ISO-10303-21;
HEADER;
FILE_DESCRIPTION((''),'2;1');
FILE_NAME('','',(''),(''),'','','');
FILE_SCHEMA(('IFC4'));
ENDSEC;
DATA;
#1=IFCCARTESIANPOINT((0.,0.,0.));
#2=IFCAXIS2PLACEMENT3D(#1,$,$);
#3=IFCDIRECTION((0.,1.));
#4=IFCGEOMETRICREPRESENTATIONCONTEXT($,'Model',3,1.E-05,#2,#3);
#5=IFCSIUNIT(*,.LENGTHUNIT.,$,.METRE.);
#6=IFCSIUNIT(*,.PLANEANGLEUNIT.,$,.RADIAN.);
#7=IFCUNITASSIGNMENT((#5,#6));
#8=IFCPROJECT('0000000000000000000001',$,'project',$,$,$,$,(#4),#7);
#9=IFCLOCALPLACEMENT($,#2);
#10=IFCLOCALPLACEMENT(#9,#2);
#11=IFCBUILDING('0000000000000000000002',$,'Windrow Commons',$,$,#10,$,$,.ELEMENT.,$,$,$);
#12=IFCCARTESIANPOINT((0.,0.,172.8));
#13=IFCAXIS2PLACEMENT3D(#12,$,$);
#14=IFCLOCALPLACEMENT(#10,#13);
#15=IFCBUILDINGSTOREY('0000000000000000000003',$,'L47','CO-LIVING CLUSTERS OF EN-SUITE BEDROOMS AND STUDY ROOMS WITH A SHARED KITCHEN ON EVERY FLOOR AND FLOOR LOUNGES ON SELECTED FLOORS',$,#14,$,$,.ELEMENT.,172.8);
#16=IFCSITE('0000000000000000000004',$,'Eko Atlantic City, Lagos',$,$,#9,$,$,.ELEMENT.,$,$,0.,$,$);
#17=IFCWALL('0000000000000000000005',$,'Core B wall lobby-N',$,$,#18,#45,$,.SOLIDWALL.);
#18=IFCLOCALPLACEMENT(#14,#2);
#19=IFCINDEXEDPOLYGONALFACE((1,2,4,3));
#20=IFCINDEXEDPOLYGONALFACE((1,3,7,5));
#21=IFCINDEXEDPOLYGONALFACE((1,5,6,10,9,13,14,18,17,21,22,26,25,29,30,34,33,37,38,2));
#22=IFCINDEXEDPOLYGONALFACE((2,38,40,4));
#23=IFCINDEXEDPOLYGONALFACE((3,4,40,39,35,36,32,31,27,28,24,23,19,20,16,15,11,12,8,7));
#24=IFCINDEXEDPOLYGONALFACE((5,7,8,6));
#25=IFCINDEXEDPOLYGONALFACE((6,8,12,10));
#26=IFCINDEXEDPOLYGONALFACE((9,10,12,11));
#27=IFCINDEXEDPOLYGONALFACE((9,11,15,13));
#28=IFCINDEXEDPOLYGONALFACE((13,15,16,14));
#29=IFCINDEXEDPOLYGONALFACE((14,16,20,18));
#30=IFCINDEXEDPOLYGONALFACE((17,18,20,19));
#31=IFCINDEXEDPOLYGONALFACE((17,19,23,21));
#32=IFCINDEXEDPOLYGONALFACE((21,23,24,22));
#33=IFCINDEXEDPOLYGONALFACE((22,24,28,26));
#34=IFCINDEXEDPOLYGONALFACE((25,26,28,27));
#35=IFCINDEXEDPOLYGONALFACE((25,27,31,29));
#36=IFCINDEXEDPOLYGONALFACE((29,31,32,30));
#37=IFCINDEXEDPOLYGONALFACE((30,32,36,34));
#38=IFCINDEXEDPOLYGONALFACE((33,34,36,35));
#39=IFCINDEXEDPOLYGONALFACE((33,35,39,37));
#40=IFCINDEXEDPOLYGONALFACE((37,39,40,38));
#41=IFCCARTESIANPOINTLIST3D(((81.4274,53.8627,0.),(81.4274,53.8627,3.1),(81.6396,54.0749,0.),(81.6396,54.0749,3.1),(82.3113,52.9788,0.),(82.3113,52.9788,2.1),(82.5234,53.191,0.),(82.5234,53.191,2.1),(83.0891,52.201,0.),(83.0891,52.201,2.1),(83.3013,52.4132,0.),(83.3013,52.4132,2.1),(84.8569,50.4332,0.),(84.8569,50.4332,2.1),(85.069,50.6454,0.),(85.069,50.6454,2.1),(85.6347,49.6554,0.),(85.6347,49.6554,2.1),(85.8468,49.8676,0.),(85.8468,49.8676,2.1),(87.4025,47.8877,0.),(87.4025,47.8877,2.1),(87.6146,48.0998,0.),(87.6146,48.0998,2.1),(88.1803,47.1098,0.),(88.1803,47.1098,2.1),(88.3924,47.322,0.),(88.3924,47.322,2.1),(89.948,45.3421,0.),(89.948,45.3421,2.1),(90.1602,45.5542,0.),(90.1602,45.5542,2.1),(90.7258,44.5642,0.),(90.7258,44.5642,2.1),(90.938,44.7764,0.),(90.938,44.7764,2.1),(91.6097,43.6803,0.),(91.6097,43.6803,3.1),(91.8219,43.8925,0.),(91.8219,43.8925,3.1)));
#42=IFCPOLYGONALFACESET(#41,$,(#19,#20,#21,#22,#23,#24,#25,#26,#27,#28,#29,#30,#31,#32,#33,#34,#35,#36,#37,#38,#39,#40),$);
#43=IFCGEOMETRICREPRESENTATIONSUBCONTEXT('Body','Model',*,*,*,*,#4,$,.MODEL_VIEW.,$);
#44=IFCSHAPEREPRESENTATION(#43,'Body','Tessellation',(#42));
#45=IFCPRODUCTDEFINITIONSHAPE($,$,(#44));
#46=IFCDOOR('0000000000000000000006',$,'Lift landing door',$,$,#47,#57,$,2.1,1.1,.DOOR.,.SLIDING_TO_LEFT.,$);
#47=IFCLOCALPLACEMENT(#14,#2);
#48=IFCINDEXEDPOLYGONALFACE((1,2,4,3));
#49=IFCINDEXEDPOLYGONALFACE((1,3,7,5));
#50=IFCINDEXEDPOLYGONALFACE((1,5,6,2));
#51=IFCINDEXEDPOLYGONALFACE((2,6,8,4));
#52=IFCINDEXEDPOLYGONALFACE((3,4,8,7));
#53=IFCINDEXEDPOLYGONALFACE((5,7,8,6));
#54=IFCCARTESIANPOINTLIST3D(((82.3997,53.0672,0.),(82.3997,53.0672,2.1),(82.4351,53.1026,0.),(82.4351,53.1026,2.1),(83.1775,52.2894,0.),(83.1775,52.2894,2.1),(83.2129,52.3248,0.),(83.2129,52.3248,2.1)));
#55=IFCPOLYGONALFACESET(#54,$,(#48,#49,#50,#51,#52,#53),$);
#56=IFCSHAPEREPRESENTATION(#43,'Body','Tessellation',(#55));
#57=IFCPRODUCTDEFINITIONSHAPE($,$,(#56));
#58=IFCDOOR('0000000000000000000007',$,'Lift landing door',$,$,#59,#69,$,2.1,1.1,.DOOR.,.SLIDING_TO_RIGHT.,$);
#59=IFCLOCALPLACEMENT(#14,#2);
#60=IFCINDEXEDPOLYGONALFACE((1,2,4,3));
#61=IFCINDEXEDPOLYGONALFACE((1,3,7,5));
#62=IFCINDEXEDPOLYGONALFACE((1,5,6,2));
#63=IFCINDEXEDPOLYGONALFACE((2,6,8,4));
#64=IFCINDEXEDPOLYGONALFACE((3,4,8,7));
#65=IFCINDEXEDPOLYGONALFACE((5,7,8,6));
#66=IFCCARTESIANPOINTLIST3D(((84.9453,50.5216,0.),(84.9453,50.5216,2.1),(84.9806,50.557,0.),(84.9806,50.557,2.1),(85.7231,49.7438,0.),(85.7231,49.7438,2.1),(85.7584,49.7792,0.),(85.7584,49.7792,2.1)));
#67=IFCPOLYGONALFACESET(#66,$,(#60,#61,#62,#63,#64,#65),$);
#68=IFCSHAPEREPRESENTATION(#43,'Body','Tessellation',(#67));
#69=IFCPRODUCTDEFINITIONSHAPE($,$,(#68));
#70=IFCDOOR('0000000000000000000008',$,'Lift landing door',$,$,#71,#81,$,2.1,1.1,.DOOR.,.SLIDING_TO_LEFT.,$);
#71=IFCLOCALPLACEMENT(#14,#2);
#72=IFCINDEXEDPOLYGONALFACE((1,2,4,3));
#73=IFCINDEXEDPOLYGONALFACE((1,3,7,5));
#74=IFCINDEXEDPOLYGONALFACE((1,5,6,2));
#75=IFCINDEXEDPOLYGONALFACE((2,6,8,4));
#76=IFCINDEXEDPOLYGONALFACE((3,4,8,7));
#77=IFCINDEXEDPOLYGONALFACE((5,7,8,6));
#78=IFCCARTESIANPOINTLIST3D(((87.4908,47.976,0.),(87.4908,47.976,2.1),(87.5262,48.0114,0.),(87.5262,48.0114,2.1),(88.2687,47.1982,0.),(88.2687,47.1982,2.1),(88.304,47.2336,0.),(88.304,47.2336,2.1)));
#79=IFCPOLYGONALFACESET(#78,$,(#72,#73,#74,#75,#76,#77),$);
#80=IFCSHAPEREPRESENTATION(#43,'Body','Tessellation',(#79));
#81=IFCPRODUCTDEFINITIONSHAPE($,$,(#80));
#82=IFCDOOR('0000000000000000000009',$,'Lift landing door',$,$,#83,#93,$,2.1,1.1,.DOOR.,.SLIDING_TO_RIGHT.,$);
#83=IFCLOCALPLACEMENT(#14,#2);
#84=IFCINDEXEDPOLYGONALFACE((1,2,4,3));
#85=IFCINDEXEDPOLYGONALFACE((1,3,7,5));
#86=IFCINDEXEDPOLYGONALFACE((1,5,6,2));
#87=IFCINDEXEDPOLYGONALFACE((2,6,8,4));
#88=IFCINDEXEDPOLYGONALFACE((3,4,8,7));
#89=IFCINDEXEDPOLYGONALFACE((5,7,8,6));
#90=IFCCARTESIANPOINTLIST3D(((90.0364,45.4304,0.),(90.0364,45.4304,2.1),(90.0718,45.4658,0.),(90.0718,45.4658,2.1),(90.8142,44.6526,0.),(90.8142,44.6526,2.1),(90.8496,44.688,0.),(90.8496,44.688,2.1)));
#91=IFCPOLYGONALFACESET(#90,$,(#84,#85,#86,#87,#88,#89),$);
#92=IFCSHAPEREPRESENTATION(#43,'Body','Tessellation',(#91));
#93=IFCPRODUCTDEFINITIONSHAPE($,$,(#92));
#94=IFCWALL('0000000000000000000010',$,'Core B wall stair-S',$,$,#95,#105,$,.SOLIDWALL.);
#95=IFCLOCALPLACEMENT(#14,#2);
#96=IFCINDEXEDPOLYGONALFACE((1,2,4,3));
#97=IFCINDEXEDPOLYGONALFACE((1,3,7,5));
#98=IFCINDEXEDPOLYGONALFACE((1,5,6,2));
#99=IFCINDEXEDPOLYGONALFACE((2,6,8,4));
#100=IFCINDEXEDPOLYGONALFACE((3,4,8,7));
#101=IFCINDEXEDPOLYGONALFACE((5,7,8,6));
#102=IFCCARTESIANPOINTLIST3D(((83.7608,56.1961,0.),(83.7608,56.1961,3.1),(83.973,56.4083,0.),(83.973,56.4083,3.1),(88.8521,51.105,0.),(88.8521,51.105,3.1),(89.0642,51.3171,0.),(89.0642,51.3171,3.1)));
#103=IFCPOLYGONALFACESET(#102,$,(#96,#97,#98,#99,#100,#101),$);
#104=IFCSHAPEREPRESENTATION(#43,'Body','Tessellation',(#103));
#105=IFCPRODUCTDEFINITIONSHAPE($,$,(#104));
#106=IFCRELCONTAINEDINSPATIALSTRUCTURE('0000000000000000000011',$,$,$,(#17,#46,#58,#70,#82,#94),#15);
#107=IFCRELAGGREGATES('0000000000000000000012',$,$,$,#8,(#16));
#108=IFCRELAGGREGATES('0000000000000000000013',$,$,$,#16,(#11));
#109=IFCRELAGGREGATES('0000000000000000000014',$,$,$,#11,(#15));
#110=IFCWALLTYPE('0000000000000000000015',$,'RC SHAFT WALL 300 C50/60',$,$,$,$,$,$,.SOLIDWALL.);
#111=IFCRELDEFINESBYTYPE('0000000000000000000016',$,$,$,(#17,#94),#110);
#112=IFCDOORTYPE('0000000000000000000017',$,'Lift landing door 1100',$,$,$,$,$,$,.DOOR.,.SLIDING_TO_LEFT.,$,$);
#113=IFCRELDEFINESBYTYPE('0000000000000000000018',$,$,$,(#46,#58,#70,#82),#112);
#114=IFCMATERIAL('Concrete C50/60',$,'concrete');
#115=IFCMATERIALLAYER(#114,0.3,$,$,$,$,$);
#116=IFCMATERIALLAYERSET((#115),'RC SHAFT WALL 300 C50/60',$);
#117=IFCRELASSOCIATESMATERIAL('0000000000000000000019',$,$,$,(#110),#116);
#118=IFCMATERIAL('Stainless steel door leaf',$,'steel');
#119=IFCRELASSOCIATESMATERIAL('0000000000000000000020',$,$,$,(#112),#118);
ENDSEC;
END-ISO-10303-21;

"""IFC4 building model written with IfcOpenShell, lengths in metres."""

from ifc_helpers import new_model, si_unit, direction, frame, frame_2d, origin, place, context, subcontext, project, spatial, rectangle, extrude, material, layer, layer_set, type_object, element, fill, save


model = new_model("IFC4")

# Units and contexts
model_context = context("Model", 3, precision=1e-05, world=origin(), true_north=direction((0.0, 1.0)))
body_context = subcontext(model_context, "Body", "Model", "MODEL_VIEW")
ifc_project = project(units=[si_unit("LENGTHUNIT", "METRE"), si_unit("PLANEANGLEUNIT", "RADIAN")], contexts=[model_context])

# Site, building, storey
site_placement = place(None, origin())
site = spatial("IfcSite", under=ifc_project, at=site_placement, Name="Eko Atlantic City, Lagos", CompositionType="ELEMENT", RefElevation=0.0)
building_placement = place(site_placement, origin())
building = spatial("IfcBuilding", under=site, at=building_placement, Name="Windrow Commons", CompositionType="ELEMENT")
storey_placement = place(building_placement, frame((0.0, 0.0, 172.8)))
storey = spatial("IfcBuildingStorey", under=building, at=storey_placement, Name="L47", Description="CO-LIVING CLUSTERS OF EN-SUITE BEDROOMS AND STUDY ROOMS WITH A SHARED KITCHEN ON EVERY FLOOR AND FLOOR LOUNGES ON SELECTED FLOORS", CompositionType="ELEMENT", Elevation=172.8)

# Shared definitions
ifc_material_1 = material(Name="Concrete C50/60", Category="concrete")
ifc_layer_1 = layer(ifc_material_1, 0.3)
ifc_layer_set_1 = layer_set([ifc_layer_1], Name="RC SHAFT WALL 300 C50/60")
wall_type_1 = type_object("IfcWallType", Name="RC SHAFT WALL 300 C50/60", PredefinedType="SOLIDWALL", material=ifc_layer_set_1)

# Wall, openings, doors
ifc_material_2 = material(Name="Stainless steel door leaf", Category="steel")
door_type_1 = type_object("IfcDoorType", Name="Lift landing door 1100", OperationType="SLIDING_TO_LEFT", PredefinedType="DOOR", material=ifc_material_2)
wall_1_placement = place(storey_placement, frame((81.5335, 53.9688, 0.0), z_axis=(0.0, 0.0, 1.0), x_axis=(0.707103, -0.70711, 0.0)))
wall_1 = element("IfcWall", 1, at=wall_1_placement, inside=storey, type_object=wall_type_1, Name="Core B wall lobby-N", PredefinedType="SOLIDWALL", context=body_context, shape_type="SweptSolid", body=[
    extrude(rectangle(XDim=14.4, YDim=0.3, at=frame_2d((7.2, 0.0))), origin(), (0.0, 0.0, 1.0), 3.1),
])
opening_1_placement = place(wall_1_placement, frame((1.25, 0.0, 0.0)))
opening_1 = element("IfcOpeningElement", 2, at=opening_1_placement, cuts=wall_1, PredefinedType="OPENING", context=body_context, shape_type="SweptSolid", body=[
    extrude(rectangle(XDim=1.1, YDim=2.1, at=frame_2d((0.55, 1.05))), frame((0.0, 0.16, 0.0), z_axis=(0.0, -1.0, 0.0), x_axis=(1.0, 0.0, 0.0)), (0.0, 0.0, 1.0), 0.32),
])
opening_2_placement = place(wall_1_placement, frame((4.85, 0.0, 0.0)))
opening_2 = element("IfcOpeningElement", 3, at=opening_2_placement, cuts=wall_1, PredefinedType="OPENING", context=body_context, shape_type="SweptSolid", body=[
    extrude(rectangle(XDim=1.1, YDim=2.1, at=frame_2d((0.55, 1.05))), frame((0.0, 0.16, 0.0), z_axis=(0.0, -1.0, 0.0), x_axis=(1.0, 0.0, 0.0)), (0.0, 0.0, 1.0), 0.32),
])
opening_3_placement = place(wall_1_placement, frame((8.45, 0.0, 0.0)))
opening_3 = element("IfcOpeningElement", 4, at=opening_3_placement, cuts=wall_1, PredefinedType="OPENING", context=body_context, shape_type="SweptSolid", body=[
    extrude(rectangle(XDim=1.1, YDim=2.1, at=frame_2d((0.55, 1.05))), frame((0.0, 0.16, 0.0), z_axis=(0.0, -1.0, 0.0), x_axis=(1.0, 0.0, 0.0)), (0.0, 0.0, 1.0), 0.32),
])
opening_4_placement = place(wall_1_placement, frame((12.05, 0.0, 0.0)))
opening_4 = element("IfcOpeningElement", 5, at=opening_4_placement, cuts=wall_1, PredefinedType="OPENING", context=body_context, shape_type="SweptSolid", body=[
    extrude(rectangle(XDim=1.1, YDim=2.1, at=frame_2d((0.55, 1.05))), frame((0.0, 0.16, 0.0), z_axis=(0.0, -1.0, 0.0), x_axis=(1.0, 0.0, 0.0)), (0.0, 0.0, 1.0), 0.32),
])
door_1_placement = place(opening_1_placement, origin())
door_1 = element("IfcDoor", 6, at=door_1_placement, inside=storey, type_object=door_type_1, Name="Lift landing door", OperationType="SLIDING_TO_LEFT", OverallHeight=2.1, OverallWidth=1.1, PredefinedType="DOOR", context=body_context, shape_type="SweptSolid", body=[
    extrude(rectangle(XDim=1.1, YDim=2.1, at=frame_2d((0.55, 1.05))), frame((0.0, 0.025, 0.0), z_axis=(0.0, -1.0, 0.0), x_axis=(1.0, 0.0, 0.0)), (0.0, 0.0, 1.0), 0.05),
])
fill(opening_1, door_1)
door_2_placement = place(opening_2_placement, origin())
door_2 = element("IfcDoor", 7, at=door_2_placement, inside=storey, type_object=door_type_1, Name="Lift landing door", OperationType="SLIDING_TO_RIGHT", OverallHeight=2.1, OverallWidth=1.1, PredefinedType="DOOR", context=body_context, shape_type="SweptSolid", body=[
    extrude(rectangle(XDim=1.1, YDim=2.1, at=frame_2d((0.55, 1.05))), frame((0.0, 0.025, 0.0), z_axis=(0.0, -1.0, 0.0), x_axis=(1.0, 0.0, 0.0)), (0.0, 0.0, 1.0), 0.05),
])
fill(opening_2, door_2)
door_3_placement = place(opening_3_placement, origin())
door_3 = element("IfcDoor", 8, at=door_3_placement, inside=storey, type_object=door_type_1, Name="Lift landing door", OperationType="SLIDING_TO_LEFT", OverallHeight=2.1, OverallWidth=1.1, PredefinedType="DOOR", context=body_context, shape_type="SweptSolid", body=[
    extrude(rectangle(XDim=1.1, YDim=2.1, at=frame_2d((0.55, 1.05))), frame((0.0, 0.025, 0.0), z_axis=(0.0, -1.0, 0.0), x_axis=(1.0, 0.0, 0.0)), (0.0, 0.0, 1.0), 0.05),
])
fill(opening_3, door_3)
door_4_placement = place(opening_4_placement, origin())
door_4 = element("IfcDoor", 9, at=door_4_placement, inside=storey, type_object=door_type_1, Name="Lift landing door", OperationType="SLIDING_TO_RIGHT", OverallHeight=2.1, OverallWidth=1.1, PredefinedType="DOOR", context=body_context, shape_type="SweptSolid", body=[
    extrude(rectangle(XDim=1.1, YDim=2.1, at=frame_2d((0.55, 1.05))), frame((0.0, 0.025, 0.0), z_axis=(0.0, -1.0, 0.0), x_axis=(1.0, 0.0, 0.0)), (0.0, 0.0, 1.0), 0.05),
])
fill(opening_4, door_4)

# Wall
wall_2_placement = place(storey_placement, frame((83.8669, 56.3022, 0.0), z_axis=(0.0, 0.0, 1.0), x_axis=(0.707114, -0.7071, 0.0)))
element("IfcWall", 10, at=wall_2_placement, inside=storey, type_object=wall_type_1, Name="Core B wall stair-S", PredefinedType="SOLIDWALL", context=body_context, shape_type="SweptSolid", body=[
    extrude(rectangle(XDim=7.2, YDim=0.3, at=frame_2d((3.6, 0.0))), origin(), (0.0, 0.0, 1.0), 3.1),
])

save(model, "model.ifc")
